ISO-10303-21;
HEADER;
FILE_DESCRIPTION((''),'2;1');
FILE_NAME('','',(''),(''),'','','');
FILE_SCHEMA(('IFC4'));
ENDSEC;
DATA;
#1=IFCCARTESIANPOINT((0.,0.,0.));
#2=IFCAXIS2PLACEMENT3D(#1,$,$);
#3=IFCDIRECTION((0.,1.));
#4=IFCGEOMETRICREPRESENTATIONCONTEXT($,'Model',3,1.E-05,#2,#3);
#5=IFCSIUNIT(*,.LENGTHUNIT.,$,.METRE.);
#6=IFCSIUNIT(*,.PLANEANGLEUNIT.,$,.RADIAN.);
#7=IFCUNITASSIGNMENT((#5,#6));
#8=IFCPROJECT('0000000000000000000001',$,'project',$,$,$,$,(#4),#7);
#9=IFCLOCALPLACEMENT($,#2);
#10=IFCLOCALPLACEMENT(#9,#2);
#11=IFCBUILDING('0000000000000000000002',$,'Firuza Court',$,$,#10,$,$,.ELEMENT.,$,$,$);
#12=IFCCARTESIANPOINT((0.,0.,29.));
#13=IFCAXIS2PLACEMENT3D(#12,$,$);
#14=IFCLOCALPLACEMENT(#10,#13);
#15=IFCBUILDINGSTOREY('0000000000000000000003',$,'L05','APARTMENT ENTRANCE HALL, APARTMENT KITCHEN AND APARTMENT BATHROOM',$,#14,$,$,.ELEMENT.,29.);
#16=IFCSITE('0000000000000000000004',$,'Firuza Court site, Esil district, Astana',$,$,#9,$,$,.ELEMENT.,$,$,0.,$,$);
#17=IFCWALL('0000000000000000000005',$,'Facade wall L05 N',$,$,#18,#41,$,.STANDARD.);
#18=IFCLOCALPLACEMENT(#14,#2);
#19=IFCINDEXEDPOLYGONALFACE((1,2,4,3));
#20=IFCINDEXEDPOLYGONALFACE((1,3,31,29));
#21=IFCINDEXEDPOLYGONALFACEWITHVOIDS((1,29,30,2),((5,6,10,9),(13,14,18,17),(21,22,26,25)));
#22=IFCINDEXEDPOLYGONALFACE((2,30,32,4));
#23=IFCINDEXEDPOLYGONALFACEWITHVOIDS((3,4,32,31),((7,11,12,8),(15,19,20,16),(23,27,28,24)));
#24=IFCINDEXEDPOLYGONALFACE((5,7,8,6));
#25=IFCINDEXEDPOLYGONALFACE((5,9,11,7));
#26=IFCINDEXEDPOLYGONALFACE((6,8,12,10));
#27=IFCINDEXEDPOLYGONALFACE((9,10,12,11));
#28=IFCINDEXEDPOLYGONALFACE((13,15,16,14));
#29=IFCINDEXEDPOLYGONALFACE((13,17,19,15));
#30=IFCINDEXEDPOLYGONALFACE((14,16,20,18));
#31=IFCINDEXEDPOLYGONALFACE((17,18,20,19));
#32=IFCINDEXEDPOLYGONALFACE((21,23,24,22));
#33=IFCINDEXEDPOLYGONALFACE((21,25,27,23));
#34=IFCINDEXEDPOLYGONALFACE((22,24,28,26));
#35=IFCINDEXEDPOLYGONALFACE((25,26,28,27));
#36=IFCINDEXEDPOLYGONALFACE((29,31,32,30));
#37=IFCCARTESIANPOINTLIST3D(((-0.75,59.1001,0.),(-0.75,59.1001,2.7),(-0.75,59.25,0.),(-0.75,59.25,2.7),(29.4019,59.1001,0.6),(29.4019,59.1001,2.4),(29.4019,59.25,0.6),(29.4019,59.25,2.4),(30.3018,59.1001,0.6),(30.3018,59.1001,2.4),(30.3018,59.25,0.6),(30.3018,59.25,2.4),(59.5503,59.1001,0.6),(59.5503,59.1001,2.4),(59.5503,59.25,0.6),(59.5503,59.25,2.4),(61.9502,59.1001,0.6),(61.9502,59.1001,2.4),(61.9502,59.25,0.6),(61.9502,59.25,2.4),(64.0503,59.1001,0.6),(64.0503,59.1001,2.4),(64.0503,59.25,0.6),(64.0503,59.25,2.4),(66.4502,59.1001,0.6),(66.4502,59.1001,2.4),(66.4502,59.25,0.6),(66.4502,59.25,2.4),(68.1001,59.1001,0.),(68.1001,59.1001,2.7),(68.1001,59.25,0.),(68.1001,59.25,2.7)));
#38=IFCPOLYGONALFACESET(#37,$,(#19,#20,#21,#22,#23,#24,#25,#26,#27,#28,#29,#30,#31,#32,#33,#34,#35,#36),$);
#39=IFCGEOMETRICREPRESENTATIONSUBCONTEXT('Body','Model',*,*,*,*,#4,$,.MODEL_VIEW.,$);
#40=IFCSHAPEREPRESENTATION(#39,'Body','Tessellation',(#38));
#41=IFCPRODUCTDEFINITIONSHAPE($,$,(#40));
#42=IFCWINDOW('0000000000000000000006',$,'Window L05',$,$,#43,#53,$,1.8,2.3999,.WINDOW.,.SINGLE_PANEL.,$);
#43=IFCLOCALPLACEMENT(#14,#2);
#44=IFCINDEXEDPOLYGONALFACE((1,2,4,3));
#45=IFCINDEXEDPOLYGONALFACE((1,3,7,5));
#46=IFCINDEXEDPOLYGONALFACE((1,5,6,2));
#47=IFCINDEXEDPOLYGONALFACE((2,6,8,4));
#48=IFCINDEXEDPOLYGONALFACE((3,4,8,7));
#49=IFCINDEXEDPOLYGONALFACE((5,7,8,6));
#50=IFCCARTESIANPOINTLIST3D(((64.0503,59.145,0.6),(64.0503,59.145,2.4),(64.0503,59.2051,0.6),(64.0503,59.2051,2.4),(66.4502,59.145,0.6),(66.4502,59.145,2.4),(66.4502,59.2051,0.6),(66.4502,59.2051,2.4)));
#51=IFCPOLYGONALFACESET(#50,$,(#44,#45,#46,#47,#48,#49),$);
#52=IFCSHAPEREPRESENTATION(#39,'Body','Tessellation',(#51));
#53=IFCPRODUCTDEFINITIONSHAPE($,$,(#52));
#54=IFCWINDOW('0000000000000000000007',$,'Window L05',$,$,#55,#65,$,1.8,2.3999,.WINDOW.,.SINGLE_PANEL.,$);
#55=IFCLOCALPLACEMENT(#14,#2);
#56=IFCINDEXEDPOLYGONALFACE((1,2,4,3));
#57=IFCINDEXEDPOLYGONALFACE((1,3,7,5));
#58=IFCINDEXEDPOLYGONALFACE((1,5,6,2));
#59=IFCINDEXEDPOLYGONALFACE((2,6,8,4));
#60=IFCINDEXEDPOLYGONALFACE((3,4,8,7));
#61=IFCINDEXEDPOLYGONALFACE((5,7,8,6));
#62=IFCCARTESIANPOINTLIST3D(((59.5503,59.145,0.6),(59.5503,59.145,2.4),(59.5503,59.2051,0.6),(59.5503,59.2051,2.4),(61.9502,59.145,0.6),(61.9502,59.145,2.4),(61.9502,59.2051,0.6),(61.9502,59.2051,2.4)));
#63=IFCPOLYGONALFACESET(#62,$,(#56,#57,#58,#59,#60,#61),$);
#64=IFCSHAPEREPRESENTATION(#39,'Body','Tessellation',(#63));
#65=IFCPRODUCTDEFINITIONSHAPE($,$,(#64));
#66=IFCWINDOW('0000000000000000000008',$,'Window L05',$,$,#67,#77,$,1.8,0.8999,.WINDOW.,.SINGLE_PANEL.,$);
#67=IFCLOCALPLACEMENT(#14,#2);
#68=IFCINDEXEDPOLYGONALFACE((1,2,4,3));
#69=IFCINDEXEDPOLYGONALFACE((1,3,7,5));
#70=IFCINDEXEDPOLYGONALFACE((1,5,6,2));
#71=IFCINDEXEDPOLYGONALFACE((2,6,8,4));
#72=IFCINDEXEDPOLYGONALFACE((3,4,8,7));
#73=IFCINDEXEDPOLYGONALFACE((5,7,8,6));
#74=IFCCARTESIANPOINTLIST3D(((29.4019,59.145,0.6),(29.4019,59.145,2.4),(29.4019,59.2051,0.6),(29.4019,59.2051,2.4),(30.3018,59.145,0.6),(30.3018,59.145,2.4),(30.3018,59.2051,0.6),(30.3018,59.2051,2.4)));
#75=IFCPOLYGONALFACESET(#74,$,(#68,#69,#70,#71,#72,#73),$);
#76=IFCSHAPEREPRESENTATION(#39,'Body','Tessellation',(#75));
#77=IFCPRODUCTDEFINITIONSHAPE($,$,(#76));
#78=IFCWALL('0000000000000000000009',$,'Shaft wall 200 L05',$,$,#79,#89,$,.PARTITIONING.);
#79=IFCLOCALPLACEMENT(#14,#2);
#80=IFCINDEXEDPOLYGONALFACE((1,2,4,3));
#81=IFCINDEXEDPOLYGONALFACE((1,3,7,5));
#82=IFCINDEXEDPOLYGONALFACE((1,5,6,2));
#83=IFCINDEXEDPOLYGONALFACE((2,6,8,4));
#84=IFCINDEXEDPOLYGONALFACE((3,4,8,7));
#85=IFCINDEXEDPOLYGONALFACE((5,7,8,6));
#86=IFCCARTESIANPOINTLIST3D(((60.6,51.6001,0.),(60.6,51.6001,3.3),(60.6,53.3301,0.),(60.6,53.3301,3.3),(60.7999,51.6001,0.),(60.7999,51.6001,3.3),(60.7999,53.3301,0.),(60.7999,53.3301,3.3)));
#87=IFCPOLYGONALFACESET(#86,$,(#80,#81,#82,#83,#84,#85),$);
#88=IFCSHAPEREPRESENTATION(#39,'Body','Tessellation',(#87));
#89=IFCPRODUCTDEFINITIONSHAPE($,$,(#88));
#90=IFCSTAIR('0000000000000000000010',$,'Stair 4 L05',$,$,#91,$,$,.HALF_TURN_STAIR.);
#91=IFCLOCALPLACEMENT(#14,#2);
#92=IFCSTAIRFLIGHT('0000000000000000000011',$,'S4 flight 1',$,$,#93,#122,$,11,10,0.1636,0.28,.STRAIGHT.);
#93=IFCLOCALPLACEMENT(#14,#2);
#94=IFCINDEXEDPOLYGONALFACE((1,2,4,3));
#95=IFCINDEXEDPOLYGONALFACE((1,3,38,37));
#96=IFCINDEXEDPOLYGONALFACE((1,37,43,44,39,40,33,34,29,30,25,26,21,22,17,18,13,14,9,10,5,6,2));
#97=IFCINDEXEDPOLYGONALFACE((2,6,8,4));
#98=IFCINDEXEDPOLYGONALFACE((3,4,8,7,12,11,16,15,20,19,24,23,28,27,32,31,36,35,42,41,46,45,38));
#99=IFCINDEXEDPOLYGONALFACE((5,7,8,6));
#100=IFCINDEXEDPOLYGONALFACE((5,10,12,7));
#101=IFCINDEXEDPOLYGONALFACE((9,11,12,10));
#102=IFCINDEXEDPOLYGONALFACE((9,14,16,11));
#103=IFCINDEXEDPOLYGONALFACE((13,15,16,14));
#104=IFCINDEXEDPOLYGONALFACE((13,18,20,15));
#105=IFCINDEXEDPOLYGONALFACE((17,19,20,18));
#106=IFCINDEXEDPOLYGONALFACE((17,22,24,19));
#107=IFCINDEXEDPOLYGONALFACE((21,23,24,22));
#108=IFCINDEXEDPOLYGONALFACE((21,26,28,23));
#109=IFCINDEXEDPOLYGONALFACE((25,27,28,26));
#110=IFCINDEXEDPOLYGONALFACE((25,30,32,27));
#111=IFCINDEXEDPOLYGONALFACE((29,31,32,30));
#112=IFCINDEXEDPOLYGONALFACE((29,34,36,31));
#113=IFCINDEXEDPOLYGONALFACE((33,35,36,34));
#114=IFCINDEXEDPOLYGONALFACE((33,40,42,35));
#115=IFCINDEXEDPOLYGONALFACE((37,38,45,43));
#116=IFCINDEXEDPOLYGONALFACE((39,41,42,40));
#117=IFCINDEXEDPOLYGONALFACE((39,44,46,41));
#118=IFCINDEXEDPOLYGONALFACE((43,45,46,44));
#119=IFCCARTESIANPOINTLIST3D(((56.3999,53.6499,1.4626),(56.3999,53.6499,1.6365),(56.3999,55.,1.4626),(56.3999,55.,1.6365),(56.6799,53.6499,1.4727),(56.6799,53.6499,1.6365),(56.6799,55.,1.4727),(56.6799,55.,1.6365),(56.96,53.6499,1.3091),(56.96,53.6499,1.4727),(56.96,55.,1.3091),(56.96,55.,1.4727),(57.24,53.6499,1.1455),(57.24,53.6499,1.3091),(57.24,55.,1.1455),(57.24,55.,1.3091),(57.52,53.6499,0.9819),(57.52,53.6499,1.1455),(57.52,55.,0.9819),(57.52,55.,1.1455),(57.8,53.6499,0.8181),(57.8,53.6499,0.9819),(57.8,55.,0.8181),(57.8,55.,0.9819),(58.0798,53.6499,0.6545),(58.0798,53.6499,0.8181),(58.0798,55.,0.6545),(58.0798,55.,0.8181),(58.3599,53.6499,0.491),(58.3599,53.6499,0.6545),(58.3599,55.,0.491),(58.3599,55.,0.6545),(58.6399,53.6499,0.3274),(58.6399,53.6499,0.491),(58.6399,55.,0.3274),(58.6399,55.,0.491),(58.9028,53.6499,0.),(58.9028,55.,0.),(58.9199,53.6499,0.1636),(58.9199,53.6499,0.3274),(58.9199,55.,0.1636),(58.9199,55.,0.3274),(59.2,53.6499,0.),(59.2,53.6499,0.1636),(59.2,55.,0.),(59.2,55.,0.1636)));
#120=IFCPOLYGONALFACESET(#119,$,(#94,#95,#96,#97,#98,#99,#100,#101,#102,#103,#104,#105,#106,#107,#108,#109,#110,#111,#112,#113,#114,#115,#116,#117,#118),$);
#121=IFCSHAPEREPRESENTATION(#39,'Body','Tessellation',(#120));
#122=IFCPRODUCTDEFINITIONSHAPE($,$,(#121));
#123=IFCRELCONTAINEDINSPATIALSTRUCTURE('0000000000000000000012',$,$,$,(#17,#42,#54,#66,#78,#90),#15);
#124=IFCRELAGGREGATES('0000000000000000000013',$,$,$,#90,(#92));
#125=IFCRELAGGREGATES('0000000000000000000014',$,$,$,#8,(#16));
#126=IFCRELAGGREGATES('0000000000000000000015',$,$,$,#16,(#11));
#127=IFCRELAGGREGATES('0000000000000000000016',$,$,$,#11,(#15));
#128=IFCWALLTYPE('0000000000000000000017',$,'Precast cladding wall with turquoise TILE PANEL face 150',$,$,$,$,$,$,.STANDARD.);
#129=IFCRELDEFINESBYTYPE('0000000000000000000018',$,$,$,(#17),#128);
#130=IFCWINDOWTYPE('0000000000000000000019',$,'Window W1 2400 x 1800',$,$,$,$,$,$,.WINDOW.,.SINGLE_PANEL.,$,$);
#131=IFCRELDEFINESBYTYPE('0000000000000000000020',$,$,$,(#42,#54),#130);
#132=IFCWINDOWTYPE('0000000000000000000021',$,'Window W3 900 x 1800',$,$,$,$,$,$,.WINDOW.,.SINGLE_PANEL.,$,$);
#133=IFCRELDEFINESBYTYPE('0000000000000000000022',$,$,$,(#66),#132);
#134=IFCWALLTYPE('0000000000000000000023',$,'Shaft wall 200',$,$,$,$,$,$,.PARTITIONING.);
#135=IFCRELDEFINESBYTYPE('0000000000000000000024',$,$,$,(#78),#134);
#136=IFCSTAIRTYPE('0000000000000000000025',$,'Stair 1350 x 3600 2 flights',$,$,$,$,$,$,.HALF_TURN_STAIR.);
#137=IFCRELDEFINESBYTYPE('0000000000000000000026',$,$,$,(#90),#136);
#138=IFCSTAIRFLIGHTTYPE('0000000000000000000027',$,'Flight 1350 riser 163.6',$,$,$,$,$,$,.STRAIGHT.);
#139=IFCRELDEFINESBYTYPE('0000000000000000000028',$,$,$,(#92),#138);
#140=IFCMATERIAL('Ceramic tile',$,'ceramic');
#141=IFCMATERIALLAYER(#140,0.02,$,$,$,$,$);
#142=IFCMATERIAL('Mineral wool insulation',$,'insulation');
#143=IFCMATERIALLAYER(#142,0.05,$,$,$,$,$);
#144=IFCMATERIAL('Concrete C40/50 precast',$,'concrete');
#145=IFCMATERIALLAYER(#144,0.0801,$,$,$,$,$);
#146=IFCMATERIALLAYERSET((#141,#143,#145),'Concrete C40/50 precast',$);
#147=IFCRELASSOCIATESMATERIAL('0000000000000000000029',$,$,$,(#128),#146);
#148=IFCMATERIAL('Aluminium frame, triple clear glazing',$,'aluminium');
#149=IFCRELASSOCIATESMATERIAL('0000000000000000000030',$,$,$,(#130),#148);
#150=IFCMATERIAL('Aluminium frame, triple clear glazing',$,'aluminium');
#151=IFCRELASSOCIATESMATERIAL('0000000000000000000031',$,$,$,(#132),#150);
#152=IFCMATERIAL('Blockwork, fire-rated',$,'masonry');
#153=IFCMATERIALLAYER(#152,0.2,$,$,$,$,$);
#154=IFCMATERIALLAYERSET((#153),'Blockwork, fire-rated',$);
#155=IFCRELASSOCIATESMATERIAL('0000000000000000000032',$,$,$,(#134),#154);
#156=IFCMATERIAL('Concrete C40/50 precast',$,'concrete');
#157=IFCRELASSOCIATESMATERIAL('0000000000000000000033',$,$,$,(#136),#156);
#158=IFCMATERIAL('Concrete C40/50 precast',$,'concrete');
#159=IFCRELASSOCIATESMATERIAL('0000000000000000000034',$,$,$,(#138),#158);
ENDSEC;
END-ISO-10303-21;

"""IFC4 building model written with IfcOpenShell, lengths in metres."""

from ifc_helpers import new_model, si_unit, direction, frame, frame_2d, origin, place, context, subcontext, project, spatial, polyline, rectangle, outline, extrude, material, layer, layer_set, type_object, element, fill, aggregate, save


model = new_model("IFC4")

# Units and contexts
model_context = context("Model", 3, precision=1e-05, world=origin(), true_north=direction((0.0, 1.0)))
body_context = subcontext(model_context, "Body", "Model", "MODEL_VIEW")
ifc_project = project(units=[si_unit("LENGTHUNIT", "METRE"), si_unit("PLANEANGLEUNIT", "RADIAN")], contexts=[model_context])

# Site, building, storey
site_placement = place(None, origin())
site = spatial("IfcSite", under=ifc_project, at=site_placement, Name="Firuza Court site, Esil district, Astana", CompositionType="ELEMENT", RefElevation=0.0)
building_placement = place(site_placement, origin())
building = spatial("IfcBuilding", under=site, at=building_placement, Name="Firuza Court", CompositionType="ELEMENT")
storey_placement = place(building_placement, frame((0.0, 0.0, 29.0)))
storey = spatial("IfcBuildingStorey", under=building, at=storey_placement, Name="L05", Description="APARTMENT ENTRANCE HALL, APARTMENT KITCHEN AND APARTMENT BATHROOM", CompositionType="ELEMENT", Elevation=29.0)

# Wall, openings, windows
ifc_material_1 = material(Name="Ceramic tile", Category="ceramic")
ifc_layer_1 = layer(ifc_material_1, 0.02)
ifc_material_2 = material(Name="Mineral wool insulation", Category="insulation")
ifc_layer_2 = layer(ifc_material_2, 0.05)
ifc_material_3 = material(Name="Concrete C40/50 precast", Category="concrete")
ifc_layer_3 = layer(ifc_material_3, 0.0801)
ifc_layer_set_1 = layer_set([ifc_layer_1, ifc_layer_2, ifc_layer_3], Name="Concrete C40/50 precast")
wall_type_1 = type_object("IfcWallType", Name="Precast cladding wall with turquoise TILE PANEL face 150", PredefinedType="STANDARD", material=ifc_layer_set_1)
wall_1_placement = place(storey_placement, frame((68.1001, 59.175, 0.0), z_axis=(0.0, 0.0, 1.0), x_axis=(-1.0, 0.0, 0.0)))
wall_1 = element("IfcWall", 1, at=wall_1_placement, inside=storey, type_object=wall_type_1, Name="Facade wall L05 N", PredefinedType="STANDARD", context=body_context, shape_type="SweptSolid", body=[
    extrude(rectangle(XDim=68.8501, YDim=0.1499, at=frame_2d((34.425, 0.0))), origin(), (0.0, 0.0, 1.0), 2.7),
])
opening_1_placement = place(wall_1_placement, frame((1.6499, 0.0, 0.6001)))
opening_1 = element("IfcOpeningElement", 2, at=opening_1_placement, cuts=wall_1, PredefinedType="OPENING", context=body_context, shape_type="SweptSolid", body=[
    extrude(rectangle(XDim=2.3999, YDim=1.8, at=frame_2d((1.2, 0.8999))), frame((0.0, 0.0869, 0.0), z_axis=(0.0, -1.0, 0.0), x_axis=(1.0, 0.0, 0.0)), (0.0, 0.0, 1.0), 0.1738),
])
opening_2_placement = place(wall_1_placement, frame((6.1499, 0.0, 0.6001)))
opening_2 = element("IfcOpeningElement", 3, at=opening_2_placement, cuts=wall_1, PredefinedType="OPENING", context=body_context, shape_type="SweptSolid", body=[
    extrude(rectangle(XDim=2.3999, YDim=1.8, at=frame_2d((1.2, 0.8999))), frame((0.0, 0.0869, 0.0), z_axis=(0.0, -1.0, 0.0), x_axis=(1.0, 0.0, 0.0)), (0.0, 0.0, 1.0), 0.1738),
])
opening_3_placement = place(wall_1_placement, frame((37.7983, 0.0, 0.6001)))
opening_3 = element("IfcOpeningElement", 4, at=opening_3_placement, cuts=wall_1, PredefinedType="OPENING", context=body_context, shape_type="SweptSolid", body=[
    extrude(rectangle(XDim=0.8999, YDim=1.8, at=frame_2d((0.45, 0.8999))), frame((0.0, 0.0869, 0.0), z_axis=(0.0, -1.0, 0.0), x_axis=(1.0, 0.0, 0.0)), (0.0, 0.0, 1.0), 0.1738),
])
ifc_material_4 = material(Name="Aluminium frame, triple clear glazing", Category="aluminium")
window_type_1 = type_object("IfcWindowType", Name="Window W1 2400 x 1800", PartitioningType="SINGLE_PANEL", PredefinedType="WINDOW", material=ifc_material_4)
window_1_placement = place(opening_1_placement, origin())
window_1 = element("IfcWindow", 5, at=window_1_placement, inside=storey, type_object=window_type_1, Name="Window L05", OverallHeight=1.8, OverallWidth=2.3999, PartitioningType="SINGLE_PANEL", PredefinedType="WINDOW", context=body_context, shape_type="SweptSolid", body=[
    extrude(rectangle(XDim=2.3999, YDim=1.8, at=frame_2d((1.2, 0.8999))), frame((0.0, 0.03, 0.0), z_axis=(0.0, -1.0, 0.0), x_axis=(1.0, 0.0, 0.0)), (0.0, 0.0, 1.0), 0.0601),
])
fill(opening_1, window_1)
window_2_placement = place(opening_2_placement, origin())
window_2 = element("IfcWindow", 6, at=window_2_placement, inside=storey, type_object=window_type_1, Name="Window L05", OverallHeight=1.8, OverallWidth=2.3999, PartitioningType="SINGLE_PANEL", PredefinedType="WINDOW", context=body_context, shape_type="SweptSolid", body=[
    extrude(rectangle(XDim=2.3999, YDim=1.8, at=frame_2d((1.2, 0.8999))), frame((0.0, 0.03, 0.0), z_axis=(0.0, -1.0, 0.0), x_axis=(1.0, 0.0, 0.0)), (0.0, 0.0, 1.0), 0.0601),
])
fill(opening_2, window_2)
ifc_material_5 = material(Name="Aluminium frame, triple clear glazing", Category="aluminium")
window_type_2 = type_object("IfcWindowType", Name="Window W3 900 x 1800", PartitioningType="SINGLE_PANEL", PredefinedType="WINDOW", material=ifc_material_5)
window_3_placement = place(opening_3_placement, origin())
window_3 = element("IfcWindow", 7, at=window_3_placement, inside=storey, type_object=window_type_2, Name="Window L05", OverallHeight=1.8, OverallWidth=0.8999, PartitioningType="SINGLE_PANEL", PredefinedType="WINDOW", context=body_context, shape_type="SweptSolid", body=[
    extrude(rectangle(XDim=0.8999, YDim=1.8, at=frame_2d((0.45, 0.8999))), frame((0.0, 0.03, 0.0), z_axis=(0.0, -1.0, 0.0), x_axis=(1.0, 0.0, 0.0)), (0.0, 0.0, 1.0), 0.0601),
])
fill(opening_3, window_3)

# Wall
ifc_material_6 = material(Name="Blockwork, fire-rated", Category="masonry")
ifc_layer_4 = layer(ifc_material_6, 0.2)
ifc_layer_set_2 = layer_set([ifc_layer_4], Name="Blockwork, fire-rated")
wall_type_2 = type_object("IfcWallType", Name="Shaft wall 200", PredefinedType="PARTITIONING", material=ifc_layer_set_2)
wall_2_placement = place(storey_placement, frame((60.7, 51.6001, 0.0), z_axis=(0.0, 0.0, 1.0), x_axis=(0.0, 1.0, 0.0)))
element("IfcWall", 8, at=wall_2_placement, inside=storey, type_object=wall_type_2, Name="Shaft wall 200 L05", PredefinedType="PARTITIONING", context=body_context, shape_type="SweptSolid", body=[
    extrude(rectangle(XDim=1.73, YDim=0.2, at=frame_2d((0.865, 0.0))), origin(), (0.0, 0.0, 1.0), 3.3),
])

# Stair, stair flight
ifc_material_7 = material(Name="Concrete C40/50 precast", Category="concrete")
stair_type = type_object("IfcStairType", Name="Stair 1350 x 3600 2 flights", PredefinedType="HALF_TURN_STAIR", material=ifc_material_7)
stair_placement = place(storey_placement, origin())
stair = element("IfcStair", 9, at=stair_placement, inside=storey, type_object=stair_type, Name="Stair 4 L05", PredefinedType="HALF_TURN_STAIR")
ifc_material_8 = material(Name="Concrete C40/50 precast", Category="concrete")
stair_flight_type = type_object("IfcStairFlightType", Name="Flight 1350 riser 163.6", PredefinedType="STRAIGHT", material=ifc_material_8)
stair_flight_placement = place(storey_placement, frame((59.2, 54.325, 0.0), z_axis=(0.0, 0.0, 1.0), x_axis=(-1.0, 0.0, 0.0)))
stair_flight = element("IfcStairFlight", 10, at=stair_flight_placement, type_object=stair_flight_type, Name="S4 flight 1", NumberOfRisers=11, NumberOfTreads=10, PredefinedType="STRAIGHT", RiserHeight=0.1636, TreadLength=0.28, context=body_context, shape_type="SweptSolid", body=[
    extrude(outline(polyline([(0.0, 0.0), (0.0, 0.1636), (0.28, 0.1636), (0.28, 0.3274), (0.5601, 0.3274), (0.5601, 0.491), (0.8401, 0.491), (0.8401, 0.6545), (1.1201, 0.6545), (1.1201, 0.8181), (1.3999, 0.8181), (1.3999, 0.9819), (1.6799, 0.9819), (1.6799, 1.1455), (1.96, 1.1455), (1.96, 1.3091), (2.24, 1.3091), (2.24, 1.4727), (2.52, 1.4727), (2.52, 1.6365), (2.8, 1.6365), (2.8, 1.8), (2.8, 1.4626), (0.2971, 0.0), (0.0, 0.0)])), frame((0.0, 0.675, 0.0), z_axis=(0.0, -1.0, 0.0), x_axis=(1.0, 0.0, 0.0)), (0.0, 0.0, 1.0), 1.3501),
])
aggregate(stair, [stair_flight])

save(model, "model.ifc")
